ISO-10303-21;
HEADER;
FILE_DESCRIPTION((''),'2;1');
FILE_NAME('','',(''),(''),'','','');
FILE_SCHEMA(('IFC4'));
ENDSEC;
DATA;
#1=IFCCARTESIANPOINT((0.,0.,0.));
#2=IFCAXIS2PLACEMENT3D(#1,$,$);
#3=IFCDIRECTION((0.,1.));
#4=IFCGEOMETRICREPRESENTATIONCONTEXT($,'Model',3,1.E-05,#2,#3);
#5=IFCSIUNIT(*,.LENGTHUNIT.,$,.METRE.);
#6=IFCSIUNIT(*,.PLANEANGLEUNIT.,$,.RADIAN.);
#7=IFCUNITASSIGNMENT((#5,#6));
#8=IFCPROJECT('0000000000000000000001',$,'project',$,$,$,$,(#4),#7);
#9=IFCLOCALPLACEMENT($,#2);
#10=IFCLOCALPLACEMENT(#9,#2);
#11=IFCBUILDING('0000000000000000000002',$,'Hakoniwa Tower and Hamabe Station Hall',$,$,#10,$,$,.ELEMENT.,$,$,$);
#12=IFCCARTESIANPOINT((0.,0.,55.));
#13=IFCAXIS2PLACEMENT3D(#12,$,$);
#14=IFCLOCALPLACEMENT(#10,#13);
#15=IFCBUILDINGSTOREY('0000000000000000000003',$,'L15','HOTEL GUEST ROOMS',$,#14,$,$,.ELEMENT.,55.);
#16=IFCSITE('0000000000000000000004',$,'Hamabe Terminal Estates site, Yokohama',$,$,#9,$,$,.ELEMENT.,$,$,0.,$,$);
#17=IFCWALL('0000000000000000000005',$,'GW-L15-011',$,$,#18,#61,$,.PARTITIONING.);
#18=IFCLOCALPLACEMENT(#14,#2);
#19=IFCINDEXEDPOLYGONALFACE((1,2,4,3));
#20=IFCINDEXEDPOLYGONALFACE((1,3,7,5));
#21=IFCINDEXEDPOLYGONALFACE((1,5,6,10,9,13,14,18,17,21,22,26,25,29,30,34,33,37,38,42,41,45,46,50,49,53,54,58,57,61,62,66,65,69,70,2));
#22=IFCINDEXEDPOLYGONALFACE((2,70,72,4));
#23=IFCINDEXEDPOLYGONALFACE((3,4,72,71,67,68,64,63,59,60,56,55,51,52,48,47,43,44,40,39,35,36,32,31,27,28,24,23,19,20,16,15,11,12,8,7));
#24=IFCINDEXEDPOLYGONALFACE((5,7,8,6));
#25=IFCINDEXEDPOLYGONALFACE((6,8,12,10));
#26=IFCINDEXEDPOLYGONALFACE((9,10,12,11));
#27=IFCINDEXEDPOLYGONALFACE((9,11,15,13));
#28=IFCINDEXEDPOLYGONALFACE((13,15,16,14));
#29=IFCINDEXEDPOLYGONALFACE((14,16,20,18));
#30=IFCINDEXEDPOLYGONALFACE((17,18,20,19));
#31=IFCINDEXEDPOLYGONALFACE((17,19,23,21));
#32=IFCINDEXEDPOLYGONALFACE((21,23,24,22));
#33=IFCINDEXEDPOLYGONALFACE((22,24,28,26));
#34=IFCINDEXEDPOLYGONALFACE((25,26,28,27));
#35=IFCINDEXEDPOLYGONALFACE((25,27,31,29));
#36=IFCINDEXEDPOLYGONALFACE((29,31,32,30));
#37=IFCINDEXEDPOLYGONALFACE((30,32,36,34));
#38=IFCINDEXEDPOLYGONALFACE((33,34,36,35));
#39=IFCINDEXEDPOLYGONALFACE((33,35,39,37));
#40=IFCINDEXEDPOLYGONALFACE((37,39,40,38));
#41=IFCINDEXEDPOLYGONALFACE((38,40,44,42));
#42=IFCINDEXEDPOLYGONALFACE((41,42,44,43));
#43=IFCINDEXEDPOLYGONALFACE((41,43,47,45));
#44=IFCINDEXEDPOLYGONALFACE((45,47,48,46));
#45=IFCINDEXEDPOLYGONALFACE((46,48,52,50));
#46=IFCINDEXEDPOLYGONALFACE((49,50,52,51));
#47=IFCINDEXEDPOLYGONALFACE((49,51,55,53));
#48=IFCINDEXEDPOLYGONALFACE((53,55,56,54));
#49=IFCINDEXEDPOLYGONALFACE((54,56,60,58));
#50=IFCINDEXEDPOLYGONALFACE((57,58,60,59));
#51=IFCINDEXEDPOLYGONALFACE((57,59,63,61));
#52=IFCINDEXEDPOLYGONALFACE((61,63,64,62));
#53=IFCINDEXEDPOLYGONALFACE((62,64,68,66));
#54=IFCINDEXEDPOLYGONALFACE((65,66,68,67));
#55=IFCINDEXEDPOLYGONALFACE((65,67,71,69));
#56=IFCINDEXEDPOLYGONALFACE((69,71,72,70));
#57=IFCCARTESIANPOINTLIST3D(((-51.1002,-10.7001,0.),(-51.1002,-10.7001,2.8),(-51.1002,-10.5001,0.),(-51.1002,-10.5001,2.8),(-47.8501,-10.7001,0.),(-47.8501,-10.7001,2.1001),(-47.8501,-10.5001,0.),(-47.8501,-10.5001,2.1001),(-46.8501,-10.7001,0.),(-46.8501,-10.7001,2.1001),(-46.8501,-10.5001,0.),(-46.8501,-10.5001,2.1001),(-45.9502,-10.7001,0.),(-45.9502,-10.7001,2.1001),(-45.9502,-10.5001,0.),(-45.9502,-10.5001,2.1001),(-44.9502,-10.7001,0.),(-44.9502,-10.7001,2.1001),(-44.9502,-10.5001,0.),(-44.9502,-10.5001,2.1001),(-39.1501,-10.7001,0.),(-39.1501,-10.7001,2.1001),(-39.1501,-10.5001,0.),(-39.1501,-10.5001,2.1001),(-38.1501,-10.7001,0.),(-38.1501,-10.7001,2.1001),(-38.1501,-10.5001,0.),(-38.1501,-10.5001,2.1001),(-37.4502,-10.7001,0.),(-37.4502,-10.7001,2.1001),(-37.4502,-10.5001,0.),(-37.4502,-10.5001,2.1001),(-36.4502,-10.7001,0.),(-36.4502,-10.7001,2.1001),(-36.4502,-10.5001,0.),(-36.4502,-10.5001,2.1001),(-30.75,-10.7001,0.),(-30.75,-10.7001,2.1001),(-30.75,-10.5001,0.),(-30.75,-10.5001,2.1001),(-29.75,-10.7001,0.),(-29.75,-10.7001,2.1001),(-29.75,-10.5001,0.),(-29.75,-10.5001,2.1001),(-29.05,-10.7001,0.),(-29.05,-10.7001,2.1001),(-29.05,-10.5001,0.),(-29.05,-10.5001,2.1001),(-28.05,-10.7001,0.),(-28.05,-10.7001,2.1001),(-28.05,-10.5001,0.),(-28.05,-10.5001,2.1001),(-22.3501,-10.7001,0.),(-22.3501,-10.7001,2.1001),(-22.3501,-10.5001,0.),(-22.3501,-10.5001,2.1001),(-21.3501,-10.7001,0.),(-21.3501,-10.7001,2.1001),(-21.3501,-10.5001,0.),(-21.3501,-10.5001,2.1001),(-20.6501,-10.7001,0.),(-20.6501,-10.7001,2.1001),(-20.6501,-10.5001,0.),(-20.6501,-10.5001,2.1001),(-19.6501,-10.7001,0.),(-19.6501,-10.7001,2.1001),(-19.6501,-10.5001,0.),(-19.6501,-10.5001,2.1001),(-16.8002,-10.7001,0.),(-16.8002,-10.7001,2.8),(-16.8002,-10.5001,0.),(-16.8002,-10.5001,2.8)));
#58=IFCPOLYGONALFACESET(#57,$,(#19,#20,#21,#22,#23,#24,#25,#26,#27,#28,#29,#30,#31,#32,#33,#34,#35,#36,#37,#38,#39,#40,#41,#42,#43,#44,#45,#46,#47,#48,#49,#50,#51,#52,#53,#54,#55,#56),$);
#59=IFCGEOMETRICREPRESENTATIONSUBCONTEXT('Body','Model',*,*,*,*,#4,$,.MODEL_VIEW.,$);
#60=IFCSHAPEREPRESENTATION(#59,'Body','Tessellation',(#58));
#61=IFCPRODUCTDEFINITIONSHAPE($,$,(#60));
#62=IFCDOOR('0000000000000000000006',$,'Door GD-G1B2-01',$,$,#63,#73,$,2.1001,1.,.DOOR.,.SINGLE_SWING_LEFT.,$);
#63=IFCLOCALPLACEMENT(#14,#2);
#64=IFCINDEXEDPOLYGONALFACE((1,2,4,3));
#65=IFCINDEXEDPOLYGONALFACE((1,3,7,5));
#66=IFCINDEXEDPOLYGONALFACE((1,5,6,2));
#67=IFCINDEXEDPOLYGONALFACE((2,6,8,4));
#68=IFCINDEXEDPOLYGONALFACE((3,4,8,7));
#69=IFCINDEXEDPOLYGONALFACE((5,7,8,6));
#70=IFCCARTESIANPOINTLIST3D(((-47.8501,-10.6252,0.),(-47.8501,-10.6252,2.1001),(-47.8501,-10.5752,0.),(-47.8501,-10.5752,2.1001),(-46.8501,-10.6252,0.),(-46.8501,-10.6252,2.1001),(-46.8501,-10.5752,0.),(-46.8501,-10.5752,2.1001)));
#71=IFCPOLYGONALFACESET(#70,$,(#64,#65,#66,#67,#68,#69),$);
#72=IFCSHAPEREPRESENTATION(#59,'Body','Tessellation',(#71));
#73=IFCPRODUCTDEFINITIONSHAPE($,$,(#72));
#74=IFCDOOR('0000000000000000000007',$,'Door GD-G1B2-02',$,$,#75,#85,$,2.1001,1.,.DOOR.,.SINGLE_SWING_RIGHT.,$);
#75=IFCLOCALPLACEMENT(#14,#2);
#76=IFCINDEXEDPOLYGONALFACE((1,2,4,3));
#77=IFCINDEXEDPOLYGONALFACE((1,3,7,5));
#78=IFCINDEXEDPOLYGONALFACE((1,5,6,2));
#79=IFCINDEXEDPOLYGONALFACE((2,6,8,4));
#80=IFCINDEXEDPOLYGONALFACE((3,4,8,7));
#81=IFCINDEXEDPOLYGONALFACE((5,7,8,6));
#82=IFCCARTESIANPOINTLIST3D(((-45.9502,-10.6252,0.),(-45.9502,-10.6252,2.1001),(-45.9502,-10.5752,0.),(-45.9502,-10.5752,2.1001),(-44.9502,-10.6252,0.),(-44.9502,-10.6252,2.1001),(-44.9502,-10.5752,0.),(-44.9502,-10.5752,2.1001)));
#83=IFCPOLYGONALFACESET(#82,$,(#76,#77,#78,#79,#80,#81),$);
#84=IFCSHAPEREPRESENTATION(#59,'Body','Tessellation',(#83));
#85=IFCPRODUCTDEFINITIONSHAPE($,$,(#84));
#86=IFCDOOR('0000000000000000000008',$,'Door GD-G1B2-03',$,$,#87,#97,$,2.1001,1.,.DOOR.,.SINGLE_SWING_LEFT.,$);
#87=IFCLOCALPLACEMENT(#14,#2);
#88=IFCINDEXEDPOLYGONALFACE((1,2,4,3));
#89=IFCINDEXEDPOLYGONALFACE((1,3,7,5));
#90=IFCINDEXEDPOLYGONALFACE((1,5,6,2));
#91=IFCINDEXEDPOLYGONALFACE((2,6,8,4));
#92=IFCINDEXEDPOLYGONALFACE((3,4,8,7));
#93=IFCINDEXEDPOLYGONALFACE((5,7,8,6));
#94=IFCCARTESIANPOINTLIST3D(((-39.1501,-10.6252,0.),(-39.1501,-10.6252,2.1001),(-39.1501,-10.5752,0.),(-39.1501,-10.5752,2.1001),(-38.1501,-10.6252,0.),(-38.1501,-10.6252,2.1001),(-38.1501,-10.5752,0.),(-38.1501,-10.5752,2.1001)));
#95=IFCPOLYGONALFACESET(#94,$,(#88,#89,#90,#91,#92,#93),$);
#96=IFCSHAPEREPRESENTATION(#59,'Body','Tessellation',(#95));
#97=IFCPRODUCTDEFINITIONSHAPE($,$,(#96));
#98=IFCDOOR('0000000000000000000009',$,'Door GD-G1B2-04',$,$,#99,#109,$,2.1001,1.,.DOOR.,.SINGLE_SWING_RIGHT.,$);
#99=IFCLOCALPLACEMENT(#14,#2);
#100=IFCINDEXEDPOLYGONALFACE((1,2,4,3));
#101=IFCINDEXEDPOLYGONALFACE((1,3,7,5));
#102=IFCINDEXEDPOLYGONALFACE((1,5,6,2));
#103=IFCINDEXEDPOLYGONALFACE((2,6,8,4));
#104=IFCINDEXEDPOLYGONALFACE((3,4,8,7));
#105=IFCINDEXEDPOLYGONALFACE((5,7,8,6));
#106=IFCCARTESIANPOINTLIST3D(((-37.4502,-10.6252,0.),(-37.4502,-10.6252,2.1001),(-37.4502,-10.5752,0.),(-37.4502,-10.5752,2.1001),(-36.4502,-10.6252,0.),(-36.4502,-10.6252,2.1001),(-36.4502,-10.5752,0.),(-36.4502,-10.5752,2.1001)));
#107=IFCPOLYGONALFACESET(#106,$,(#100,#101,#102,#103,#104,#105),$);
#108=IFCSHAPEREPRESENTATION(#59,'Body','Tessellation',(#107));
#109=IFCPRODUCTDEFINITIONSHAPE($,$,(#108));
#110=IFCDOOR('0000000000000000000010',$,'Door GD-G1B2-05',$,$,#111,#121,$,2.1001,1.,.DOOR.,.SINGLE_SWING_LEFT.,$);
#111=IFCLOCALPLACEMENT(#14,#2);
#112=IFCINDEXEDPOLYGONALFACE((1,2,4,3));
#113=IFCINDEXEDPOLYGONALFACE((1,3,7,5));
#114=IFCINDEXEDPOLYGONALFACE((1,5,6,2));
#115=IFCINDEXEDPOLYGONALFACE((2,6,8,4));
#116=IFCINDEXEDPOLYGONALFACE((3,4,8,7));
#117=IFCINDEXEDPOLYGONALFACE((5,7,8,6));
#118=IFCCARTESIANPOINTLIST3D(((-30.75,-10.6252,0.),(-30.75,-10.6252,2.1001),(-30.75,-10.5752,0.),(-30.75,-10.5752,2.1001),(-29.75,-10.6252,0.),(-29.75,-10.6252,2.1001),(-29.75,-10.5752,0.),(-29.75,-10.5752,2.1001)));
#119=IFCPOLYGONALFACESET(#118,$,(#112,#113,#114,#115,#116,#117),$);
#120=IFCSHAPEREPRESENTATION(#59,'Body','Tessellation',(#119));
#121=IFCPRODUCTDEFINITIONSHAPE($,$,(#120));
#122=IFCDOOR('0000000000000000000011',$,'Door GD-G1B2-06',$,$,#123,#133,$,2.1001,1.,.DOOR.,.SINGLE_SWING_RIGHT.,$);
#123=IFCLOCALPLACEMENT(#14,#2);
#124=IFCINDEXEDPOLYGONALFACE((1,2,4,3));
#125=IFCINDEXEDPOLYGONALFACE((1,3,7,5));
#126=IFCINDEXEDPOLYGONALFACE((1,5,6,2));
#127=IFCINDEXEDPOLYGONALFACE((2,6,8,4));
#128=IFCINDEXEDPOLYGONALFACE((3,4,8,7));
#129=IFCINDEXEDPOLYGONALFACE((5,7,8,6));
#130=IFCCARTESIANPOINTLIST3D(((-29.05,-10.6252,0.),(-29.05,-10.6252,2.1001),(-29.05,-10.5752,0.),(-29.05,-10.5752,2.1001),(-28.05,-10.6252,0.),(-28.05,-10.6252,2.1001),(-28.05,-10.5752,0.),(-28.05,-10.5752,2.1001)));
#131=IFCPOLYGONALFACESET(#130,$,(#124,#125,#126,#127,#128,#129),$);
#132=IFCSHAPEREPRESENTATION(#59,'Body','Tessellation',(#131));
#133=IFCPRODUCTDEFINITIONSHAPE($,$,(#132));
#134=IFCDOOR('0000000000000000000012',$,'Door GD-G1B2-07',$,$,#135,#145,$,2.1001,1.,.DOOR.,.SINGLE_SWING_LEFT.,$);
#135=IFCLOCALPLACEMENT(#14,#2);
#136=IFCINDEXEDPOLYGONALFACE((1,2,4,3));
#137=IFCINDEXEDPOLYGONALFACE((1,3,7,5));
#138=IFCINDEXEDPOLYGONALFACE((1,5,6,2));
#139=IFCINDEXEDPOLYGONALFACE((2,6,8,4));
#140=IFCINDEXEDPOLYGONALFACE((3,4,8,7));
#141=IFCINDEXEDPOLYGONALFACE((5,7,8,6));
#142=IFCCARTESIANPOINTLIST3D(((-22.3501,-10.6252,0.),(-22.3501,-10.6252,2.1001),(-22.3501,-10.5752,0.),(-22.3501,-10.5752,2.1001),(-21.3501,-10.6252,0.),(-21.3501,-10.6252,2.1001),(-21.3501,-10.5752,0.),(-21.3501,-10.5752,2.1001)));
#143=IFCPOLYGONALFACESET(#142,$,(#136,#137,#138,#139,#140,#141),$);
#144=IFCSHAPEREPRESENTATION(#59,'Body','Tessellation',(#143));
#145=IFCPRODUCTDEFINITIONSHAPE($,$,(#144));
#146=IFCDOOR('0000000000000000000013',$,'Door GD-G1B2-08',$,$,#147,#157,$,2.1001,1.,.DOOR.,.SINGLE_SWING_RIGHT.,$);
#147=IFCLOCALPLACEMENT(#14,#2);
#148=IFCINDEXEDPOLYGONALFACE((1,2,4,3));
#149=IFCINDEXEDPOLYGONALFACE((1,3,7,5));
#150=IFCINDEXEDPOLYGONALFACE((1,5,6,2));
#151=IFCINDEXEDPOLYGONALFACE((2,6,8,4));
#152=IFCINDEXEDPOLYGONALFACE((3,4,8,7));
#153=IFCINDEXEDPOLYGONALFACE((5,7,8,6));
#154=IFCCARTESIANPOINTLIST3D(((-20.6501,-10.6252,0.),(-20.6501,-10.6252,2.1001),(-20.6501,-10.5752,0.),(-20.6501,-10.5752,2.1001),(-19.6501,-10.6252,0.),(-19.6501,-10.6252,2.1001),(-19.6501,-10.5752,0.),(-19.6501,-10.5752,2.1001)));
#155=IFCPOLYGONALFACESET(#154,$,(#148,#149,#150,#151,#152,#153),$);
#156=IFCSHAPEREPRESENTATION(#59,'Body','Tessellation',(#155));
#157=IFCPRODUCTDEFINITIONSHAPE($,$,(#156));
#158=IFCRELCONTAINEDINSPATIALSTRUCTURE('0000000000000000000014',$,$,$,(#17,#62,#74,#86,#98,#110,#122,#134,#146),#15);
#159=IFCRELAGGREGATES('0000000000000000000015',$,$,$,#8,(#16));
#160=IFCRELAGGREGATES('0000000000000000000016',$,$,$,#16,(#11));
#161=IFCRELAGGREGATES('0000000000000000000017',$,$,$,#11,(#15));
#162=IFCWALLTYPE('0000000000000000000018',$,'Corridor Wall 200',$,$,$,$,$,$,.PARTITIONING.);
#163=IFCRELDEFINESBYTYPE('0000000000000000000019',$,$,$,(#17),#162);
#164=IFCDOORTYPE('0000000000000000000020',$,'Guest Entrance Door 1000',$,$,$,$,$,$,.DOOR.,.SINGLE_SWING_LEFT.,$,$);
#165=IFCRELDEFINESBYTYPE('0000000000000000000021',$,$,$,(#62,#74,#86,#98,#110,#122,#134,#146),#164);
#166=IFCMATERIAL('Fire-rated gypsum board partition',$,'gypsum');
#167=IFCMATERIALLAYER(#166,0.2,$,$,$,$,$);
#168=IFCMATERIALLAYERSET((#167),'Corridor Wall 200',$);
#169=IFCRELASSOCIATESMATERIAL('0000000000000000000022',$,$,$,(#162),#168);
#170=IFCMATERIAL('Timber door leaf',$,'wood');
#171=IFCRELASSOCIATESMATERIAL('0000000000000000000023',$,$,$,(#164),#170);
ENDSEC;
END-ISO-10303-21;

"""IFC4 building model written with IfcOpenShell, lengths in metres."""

from ifc_helpers import new_model, si_unit, direction, frame, frame_2d, origin, place, context, subcontext, project, spatial, rectangle, extrude, material, layer, layer_set, type_object, element, fill, save


model = new_model("IFC4")

# Units and contexts
model_context = context("Model", 3, precision=1e-05, world=origin(), true_north=direction((0.0, 1.0)))
body_context = subcontext(model_context, "Body", "Model", "MODEL_VIEW")
ifc_project = project(units=[si_unit("LENGTHUNIT", "METRE"), si_unit("PLANEANGLEUNIT", "RADIAN")], contexts=[model_context])

# Site, building, storey
site_placement = place(None, origin())
site = spatial("IfcSite", under=ifc_project, at=site_placement, Name="Hamabe Terminal Estates site, Yokohama", CompositionType="ELEMENT", RefElevation=0.0)
building_placement = place(site_placement, origin())
building = spatial("IfcBuilding", under=site, at=building_placement, Name="Hakoniwa Tower and Hamabe Station Hall", CompositionType="ELEMENT")
storey_placement = place(building_placement, frame((0.0, 0.0, 55.0)))
storey = spatial("IfcBuildingStorey", under=building, at=storey_placement, Name="L15", Description="HOTEL GUEST ROOMS", CompositionType="ELEMENT", Elevation=55.0)

# Wall, openings, doors
ifc_material_1 = material(Name="Fire-rated gypsum board partition", Category="gypsum")
ifc_layer_1 = layer(ifc_material_1, 0.2)
ifc_layer_set_1 = layer_set([ifc_layer_1], Name="Corridor Wall 200")
wall_type_1 = type_object("IfcWallType", Name="Corridor Wall 200", PredefinedType="PARTITIONING", material=ifc_layer_set_1)
wall_1_placement = place(storey_placement, frame((-51.1001, -10.6001, 0.0), z_axis=(0.0, 0.0, 1.0), x_axis=(1.0, 0.0, 0.0)))
wall_1 = element("IfcWall", 1, at=wall_1_placement, inside=storey, type_object=wall_type_1, Name="GW-L15-011", PredefinedType="PARTITIONING", context=body_context, shape_type="SweptSolid", body=[
    extrude(rectangle(XDim=34.3, YDim=0.2, at=frame_2d((17.1499, 0.0))), origin(), (0.0, 0.0, 1.0), 2.8),
])
opening_1_placement = place(wall_1_placement, frame((3.25, 0.0, 0.0)))
opening_1 = element("IfcOpeningElement", 2, at=opening_1_placement, cuts=wall_1, PredefinedType="OPENING", context=body_context, shape_type="SweptSolid", body=[
    extrude(rectangle(XDim=1.0, YDim=2.1001, at=frame_2d((0.5, 1.05))), frame((0.0, 0.1099, 0.0), z_axis=(0.0, -1.0, 0.0), x_axis=(1.0, 0.0, 0.0)), (0.0, 0.0, 1.0), 0.22),
])
opening_2_placement = place(wall_1_placement, frame((5.1499, 0.0, 0.0)))
opening_2 = element("IfcOpeningElement", 3, at=opening_2_placement, cuts=wall_1, PredefinedType="OPENING", context=body_context, shape_type="SweptSolid", body=[
    extrude(rectangle(XDim=1.0, YDim=2.1001, at=frame_2d((0.5, 1.05))), frame((0.0, 0.1099, 0.0), z_axis=(0.0, -1.0, 0.0), x_axis=(1.0, 0.0, 0.0)), (0.0, 0.0, 1.0), 0.22),
])
opening_3_placement = place(wall_1_placement, frame((11.95, 0.0, 0.0)))
opening_3 = element("IfcOpeningElement", 4, at=opening_3_placement, cuts=wall_1, PredefinedType="OPENING", context=body_context, shape_type="SweptSolid", body=[
    extrude(rectangle(XDim=1.0, YDim=2.1001, at=frame_2d((0.5, 1.05))), frame((0.0, 0.1099, 0.0), z_axis=(0.0, -1.0, 0.0), x_axis=(1.0, 0.0, 0.0)), (0.0, 0.0, 1.0), 0.22),
])
opening_4_placement = place(wall_1_placement, frame((13.6499, 0.0, 0.0)))
opening_4 = element("IfcOpeningElement", 5, at=opening_4_placement, cuts=wall_1, PredefinedType="OPENING", context=body_context, shape_type="SweptSolid", body=[
    extrude(rectangle(XDim=1.0, YDim=2.1001, at=frame_2d((0.5, 1.05))), frame((0.0, 0.1099, 0.0), z_axis=(0.0, -1.0, 0.0), x_axis=(1.0, 0.0, 0.0)), (0.0, 0.0, 1.0), 0.22),
])
opening_5_placement = place(wall_1_placement, frame((20.3501, 0.0, 0.0)))
opening_5 = element("IfcOpeningElement", 6, at=opening_5_placement, cuts=wall_1, PredefinedType="OPENING", context=body_context, shape_type="SweptSolid", body=[
    extrude(rectangle(XDim=1.0, YDim=2.1001, at=frame_2d((0.5, 1.05))), frame((0.0, 0.1099, 0.0), z_axis=(0.0, -1.0, 0.0), x_axis=(1.0, 0.0, 0.0)), (0.0, 0.0, 1.0), 0.22),
])
opening_6_placement = place(wall_1_placement, frame((22.05, 0.0, 0.0)))
opening_6 = element("IfcOpeningElement", 7, at=opening_6_placement, cuts=wall_1, PredefinedType="OPENING", context=body_context, shape_type="SweptSolid", body=[
    extrude(rectangle(XDim=1.0, YDim=2.1001, at=frame_2d((0.5, 1.05))), frame((0.0, 0.1099, 0.0), z_axis=(0.0, -1.0, 0.0), x_axis=(1.0, 0.0, 0.0)), (0.0, 0.0, 1.0), 0.22),
])
opening_7_placement = place(wall_1_placement, frame((28.75, 0.0, 0.0)))
opening_7 = element("IfcOpeningElement", 8, at=opening_7_placement, cuts=wall_1, PredefinedType="OPENING", context=body_context, shape_type="SweptSolid", body=[
    extrude(rectangle(XDim=1.0, YDim=2.1001, at=frame_2d((0.5, 1.05))), frame((0.0, 0.1099, 0.0), z_axis=(0.0, -1.0, 0.0), x_axis=(1.0, 0.0, 0.0)), (0.0, 0.0, 1.0), 0.22),
])
opening_8_placement = place(wall_1_placement, frame((30.45, 0.0, 0.0)))
opening_8 = element("IfcOpeningElement", 9, at=opening_8_placement, cuts=wall_1, PredefinedType="OPENING", context=body_context, shape_type="SweptSolid", body=[
    extrude(rectangle(XDim=1.0, YDim=2.1001, at=frame_2d((0.5, 1.05))), frame((0.0, 0.1099, 0.0), z_axis=(0.0, -1.0, 0.0), x_axis=(1.0, 0.0, 0.0)), (0.0, 0.0, 1.0), 0.22),
])
ifc_material_2 = material(Name="Timber door leaf", Category="wood")
door_type_1 = type_object("IfcDoorType", Name="Guest Entrance Door 1000", OperationType="SINGLE_SWING_LEFT", PredefinedType="DOOR", material=ifc_material_2)
door_1_placement = place(opening_1_placement, origin())
door_1 = element("IfcDoor", 10, at=door_1_placement, inside=storey, type_object=door_type_1, Name="Door GD-G1B2-01", OperationType="SINGLE_SWING_LEFT", OverallHeight=2.1001, OverallWidth=1.0, PredefinedType="DOOR", context=body_context, shape_type="SweptSolid", body=[
    extrude(rectangle(XDim=1.0, YDim=2.1001, at=frame_2d((0.5, 1.05))), frame((0.0, 0.0249, 0.0), z_axis=(0.0, -1.0, 0.0), x_axis=(1.0, 0.0, 0.0)), (0.0, 0.0, 1.0), 0.05),
])
fill(opening_1, door_1)
door_2_placement = place(opening_2_placement, origin())
door_2 = element("IfcDoor", 11, at=door_2_placement, inside=storey, type_object=door_type_1, Name="Door GD-G1B2-02", OperationType="SINGLE_SWING_RIGHT", OverallHeight=2.1001, OverallWidth=1.0, PredefinedType="DOOR", context=body_context, shape_type="SweptSolid", body=[
    extrude(rectangle(XDim=1.0, YDim=2.1001, at=frame_2d((0.5, 1.05))), frame((0.0, 0.0249, 0.0), z_axis=(0.0, -1.0, 0.0), x_axis=(1.0, 0.0, 0.0)), (0.0, 0.0, 1.0), 0.05),
])
fill(opening_2, door_2)
door_3_placement = place(opening_3_placement, origin())
door_3 = element("IfcDoor", 12, at=door_3_placement, inside=storey, type_object=door_type_1, Name="Door GD-G1B2-03", OperationType="SINGLE_SWING_LEFT", OverallHeight=2.1001, OverallWidth=1.0, PredefinedType="DOOR", context=body_context, shape_type="SweptSolid", body=[
    extrude(rectangle(XDim=1.0, YDim=2.1001, at=frame_2d((0.5, 1.05))), frame((0.0, 0.0249, 0.0), z_axis=(0.0, -1.0, 0.0), x_axis=(1.0, 0.0, 0.0)), (0.0, 0.0, 1.0), 0.05),
])
fill(opening_3, door_3)
door_4_placement = place(opening_4_placement, origin())
door_4 = element("IfcDoor", 13, at=door_4_placement, inside=storey, type_object=door_type_1, Name="Door GD-G1B2-04", OperationType="SINGLE_SWING_RIGHT", OverallHeight=2.1001, OverallWidth=1.0, PredefinedType="DOOR", context=body_context, shape_type="SweptSolid", body=[
    extrude(rectangle(XDim=1.0, YDim=2.1001, at=frame_2d((0.5, 1.05))), frame((0.0, 0.0249, 0.0), z_axis=(0.0, -1.0, 0.0), x_axis=(1.0, 0.0, 0.0)), (0.0, 0.0, 1.0), 0.05),
])
fill(opening_4, door_4)
door_5_placement = place(opening_5_placement, origin())
door_5 = element("IfcDoor", 14, at=door_5_placement, inside=storey, type_object=door_type_1, Name="Door GD-G1B2-05", OperationType="SINGLE_SWING_LEFT", OverallHeight=2.1001, OverallWidth=1.0, PredefinedType="DOOR", context=body_context, shape_type="SweptSolid", body=[
    extrude(rectangle(XDim=1.0, YDim=2.1001, at=frame_2d((0.5, 1.05))), frame((0.0, 0.0249, 0.0), z_axis=(0.0, -1.0, 0.0), x_axis=(1.0, 0.0, 0.0)), (0.0, 0.0, 1.0), 0.05),
])
fill(opening_5, door_5)
door_6_placement = place(opening_6_placement, origin())
door_6 = element("IfcDoor", 15, at=door_6_placement, inside=storey, type_object=door_type_1, Name="Door GD-G1B2-06", OperationType="SINGLE_SWING_RIGHT", OverallHeight=2.1001, OverallWidth=1.0, PredefinedType="DOOR", context=body_context, shape_type="SweptSolid", body=[
    extrude(rectangle(XDim=1.0, YDim=2.1001, at=frame_2d((0.5, 1.05))), frame((0.0, 0.0249, 0.0), z_axis=(0.0, -1.0, 0.0), x_axis=(1.0, 0.0, 0.0)), (0.0, 0.0, 1.0), 0.05),
])
fill(opening_6, door_6)
door_7_placement = place(opening_7_placement, origin())
door_7 = element("IfcDoor", 16, at=door_7_placement, inside=storey, type_object=door_type_1, Name="Door GD-G1B2-07", OperationType="SINGLE_SWING_LEFT", OverallHeight=2.1001, OverallWidth=1.0, PredefinedType="DOOR", context=body_context, shape_type="SweptSolid", body=[
    extrude(rectangle(XDim=1.0, YDim=2.1001, at=frame_2d((0.5, 1.05))), frame((0.0, 0.0249, 0.0), z_axis=(0.0, -1.0, 0.0), x_axis=(1.0, 0.0, 0.0)), (0.0, 0.0, 1.0), 0.05),
])
fill(opening_7, door_7)
door_8_placement = place(opening_8_placement, origin())
door_8 = element("IfcDoor", 17, at=door_8_placement, inside=storey, type_object=door_type_1, Name="Door GD-G1B2-08", OperationType="SINGLE_SWING_RIGHT", OverallHeight=2.1001, OverallWidth=1.0, PredefinedType="DOOR", context=body_context, shape_type="SweptSolid", body=[
    extrude(rectangle(XDim=1.0, YDim=2.1001, at=frame_2d((0.5, 1.05))), frame((0.0, 0.0249, 0.0), z_axis=(0.0, -1.0, 0.0), x_axis=(1.0, 0.0, 0.0)), (0.0, 0.0, 1.0), 0.05),
])
fill(opening_8, door_8)

save(model, "model.ifc")
